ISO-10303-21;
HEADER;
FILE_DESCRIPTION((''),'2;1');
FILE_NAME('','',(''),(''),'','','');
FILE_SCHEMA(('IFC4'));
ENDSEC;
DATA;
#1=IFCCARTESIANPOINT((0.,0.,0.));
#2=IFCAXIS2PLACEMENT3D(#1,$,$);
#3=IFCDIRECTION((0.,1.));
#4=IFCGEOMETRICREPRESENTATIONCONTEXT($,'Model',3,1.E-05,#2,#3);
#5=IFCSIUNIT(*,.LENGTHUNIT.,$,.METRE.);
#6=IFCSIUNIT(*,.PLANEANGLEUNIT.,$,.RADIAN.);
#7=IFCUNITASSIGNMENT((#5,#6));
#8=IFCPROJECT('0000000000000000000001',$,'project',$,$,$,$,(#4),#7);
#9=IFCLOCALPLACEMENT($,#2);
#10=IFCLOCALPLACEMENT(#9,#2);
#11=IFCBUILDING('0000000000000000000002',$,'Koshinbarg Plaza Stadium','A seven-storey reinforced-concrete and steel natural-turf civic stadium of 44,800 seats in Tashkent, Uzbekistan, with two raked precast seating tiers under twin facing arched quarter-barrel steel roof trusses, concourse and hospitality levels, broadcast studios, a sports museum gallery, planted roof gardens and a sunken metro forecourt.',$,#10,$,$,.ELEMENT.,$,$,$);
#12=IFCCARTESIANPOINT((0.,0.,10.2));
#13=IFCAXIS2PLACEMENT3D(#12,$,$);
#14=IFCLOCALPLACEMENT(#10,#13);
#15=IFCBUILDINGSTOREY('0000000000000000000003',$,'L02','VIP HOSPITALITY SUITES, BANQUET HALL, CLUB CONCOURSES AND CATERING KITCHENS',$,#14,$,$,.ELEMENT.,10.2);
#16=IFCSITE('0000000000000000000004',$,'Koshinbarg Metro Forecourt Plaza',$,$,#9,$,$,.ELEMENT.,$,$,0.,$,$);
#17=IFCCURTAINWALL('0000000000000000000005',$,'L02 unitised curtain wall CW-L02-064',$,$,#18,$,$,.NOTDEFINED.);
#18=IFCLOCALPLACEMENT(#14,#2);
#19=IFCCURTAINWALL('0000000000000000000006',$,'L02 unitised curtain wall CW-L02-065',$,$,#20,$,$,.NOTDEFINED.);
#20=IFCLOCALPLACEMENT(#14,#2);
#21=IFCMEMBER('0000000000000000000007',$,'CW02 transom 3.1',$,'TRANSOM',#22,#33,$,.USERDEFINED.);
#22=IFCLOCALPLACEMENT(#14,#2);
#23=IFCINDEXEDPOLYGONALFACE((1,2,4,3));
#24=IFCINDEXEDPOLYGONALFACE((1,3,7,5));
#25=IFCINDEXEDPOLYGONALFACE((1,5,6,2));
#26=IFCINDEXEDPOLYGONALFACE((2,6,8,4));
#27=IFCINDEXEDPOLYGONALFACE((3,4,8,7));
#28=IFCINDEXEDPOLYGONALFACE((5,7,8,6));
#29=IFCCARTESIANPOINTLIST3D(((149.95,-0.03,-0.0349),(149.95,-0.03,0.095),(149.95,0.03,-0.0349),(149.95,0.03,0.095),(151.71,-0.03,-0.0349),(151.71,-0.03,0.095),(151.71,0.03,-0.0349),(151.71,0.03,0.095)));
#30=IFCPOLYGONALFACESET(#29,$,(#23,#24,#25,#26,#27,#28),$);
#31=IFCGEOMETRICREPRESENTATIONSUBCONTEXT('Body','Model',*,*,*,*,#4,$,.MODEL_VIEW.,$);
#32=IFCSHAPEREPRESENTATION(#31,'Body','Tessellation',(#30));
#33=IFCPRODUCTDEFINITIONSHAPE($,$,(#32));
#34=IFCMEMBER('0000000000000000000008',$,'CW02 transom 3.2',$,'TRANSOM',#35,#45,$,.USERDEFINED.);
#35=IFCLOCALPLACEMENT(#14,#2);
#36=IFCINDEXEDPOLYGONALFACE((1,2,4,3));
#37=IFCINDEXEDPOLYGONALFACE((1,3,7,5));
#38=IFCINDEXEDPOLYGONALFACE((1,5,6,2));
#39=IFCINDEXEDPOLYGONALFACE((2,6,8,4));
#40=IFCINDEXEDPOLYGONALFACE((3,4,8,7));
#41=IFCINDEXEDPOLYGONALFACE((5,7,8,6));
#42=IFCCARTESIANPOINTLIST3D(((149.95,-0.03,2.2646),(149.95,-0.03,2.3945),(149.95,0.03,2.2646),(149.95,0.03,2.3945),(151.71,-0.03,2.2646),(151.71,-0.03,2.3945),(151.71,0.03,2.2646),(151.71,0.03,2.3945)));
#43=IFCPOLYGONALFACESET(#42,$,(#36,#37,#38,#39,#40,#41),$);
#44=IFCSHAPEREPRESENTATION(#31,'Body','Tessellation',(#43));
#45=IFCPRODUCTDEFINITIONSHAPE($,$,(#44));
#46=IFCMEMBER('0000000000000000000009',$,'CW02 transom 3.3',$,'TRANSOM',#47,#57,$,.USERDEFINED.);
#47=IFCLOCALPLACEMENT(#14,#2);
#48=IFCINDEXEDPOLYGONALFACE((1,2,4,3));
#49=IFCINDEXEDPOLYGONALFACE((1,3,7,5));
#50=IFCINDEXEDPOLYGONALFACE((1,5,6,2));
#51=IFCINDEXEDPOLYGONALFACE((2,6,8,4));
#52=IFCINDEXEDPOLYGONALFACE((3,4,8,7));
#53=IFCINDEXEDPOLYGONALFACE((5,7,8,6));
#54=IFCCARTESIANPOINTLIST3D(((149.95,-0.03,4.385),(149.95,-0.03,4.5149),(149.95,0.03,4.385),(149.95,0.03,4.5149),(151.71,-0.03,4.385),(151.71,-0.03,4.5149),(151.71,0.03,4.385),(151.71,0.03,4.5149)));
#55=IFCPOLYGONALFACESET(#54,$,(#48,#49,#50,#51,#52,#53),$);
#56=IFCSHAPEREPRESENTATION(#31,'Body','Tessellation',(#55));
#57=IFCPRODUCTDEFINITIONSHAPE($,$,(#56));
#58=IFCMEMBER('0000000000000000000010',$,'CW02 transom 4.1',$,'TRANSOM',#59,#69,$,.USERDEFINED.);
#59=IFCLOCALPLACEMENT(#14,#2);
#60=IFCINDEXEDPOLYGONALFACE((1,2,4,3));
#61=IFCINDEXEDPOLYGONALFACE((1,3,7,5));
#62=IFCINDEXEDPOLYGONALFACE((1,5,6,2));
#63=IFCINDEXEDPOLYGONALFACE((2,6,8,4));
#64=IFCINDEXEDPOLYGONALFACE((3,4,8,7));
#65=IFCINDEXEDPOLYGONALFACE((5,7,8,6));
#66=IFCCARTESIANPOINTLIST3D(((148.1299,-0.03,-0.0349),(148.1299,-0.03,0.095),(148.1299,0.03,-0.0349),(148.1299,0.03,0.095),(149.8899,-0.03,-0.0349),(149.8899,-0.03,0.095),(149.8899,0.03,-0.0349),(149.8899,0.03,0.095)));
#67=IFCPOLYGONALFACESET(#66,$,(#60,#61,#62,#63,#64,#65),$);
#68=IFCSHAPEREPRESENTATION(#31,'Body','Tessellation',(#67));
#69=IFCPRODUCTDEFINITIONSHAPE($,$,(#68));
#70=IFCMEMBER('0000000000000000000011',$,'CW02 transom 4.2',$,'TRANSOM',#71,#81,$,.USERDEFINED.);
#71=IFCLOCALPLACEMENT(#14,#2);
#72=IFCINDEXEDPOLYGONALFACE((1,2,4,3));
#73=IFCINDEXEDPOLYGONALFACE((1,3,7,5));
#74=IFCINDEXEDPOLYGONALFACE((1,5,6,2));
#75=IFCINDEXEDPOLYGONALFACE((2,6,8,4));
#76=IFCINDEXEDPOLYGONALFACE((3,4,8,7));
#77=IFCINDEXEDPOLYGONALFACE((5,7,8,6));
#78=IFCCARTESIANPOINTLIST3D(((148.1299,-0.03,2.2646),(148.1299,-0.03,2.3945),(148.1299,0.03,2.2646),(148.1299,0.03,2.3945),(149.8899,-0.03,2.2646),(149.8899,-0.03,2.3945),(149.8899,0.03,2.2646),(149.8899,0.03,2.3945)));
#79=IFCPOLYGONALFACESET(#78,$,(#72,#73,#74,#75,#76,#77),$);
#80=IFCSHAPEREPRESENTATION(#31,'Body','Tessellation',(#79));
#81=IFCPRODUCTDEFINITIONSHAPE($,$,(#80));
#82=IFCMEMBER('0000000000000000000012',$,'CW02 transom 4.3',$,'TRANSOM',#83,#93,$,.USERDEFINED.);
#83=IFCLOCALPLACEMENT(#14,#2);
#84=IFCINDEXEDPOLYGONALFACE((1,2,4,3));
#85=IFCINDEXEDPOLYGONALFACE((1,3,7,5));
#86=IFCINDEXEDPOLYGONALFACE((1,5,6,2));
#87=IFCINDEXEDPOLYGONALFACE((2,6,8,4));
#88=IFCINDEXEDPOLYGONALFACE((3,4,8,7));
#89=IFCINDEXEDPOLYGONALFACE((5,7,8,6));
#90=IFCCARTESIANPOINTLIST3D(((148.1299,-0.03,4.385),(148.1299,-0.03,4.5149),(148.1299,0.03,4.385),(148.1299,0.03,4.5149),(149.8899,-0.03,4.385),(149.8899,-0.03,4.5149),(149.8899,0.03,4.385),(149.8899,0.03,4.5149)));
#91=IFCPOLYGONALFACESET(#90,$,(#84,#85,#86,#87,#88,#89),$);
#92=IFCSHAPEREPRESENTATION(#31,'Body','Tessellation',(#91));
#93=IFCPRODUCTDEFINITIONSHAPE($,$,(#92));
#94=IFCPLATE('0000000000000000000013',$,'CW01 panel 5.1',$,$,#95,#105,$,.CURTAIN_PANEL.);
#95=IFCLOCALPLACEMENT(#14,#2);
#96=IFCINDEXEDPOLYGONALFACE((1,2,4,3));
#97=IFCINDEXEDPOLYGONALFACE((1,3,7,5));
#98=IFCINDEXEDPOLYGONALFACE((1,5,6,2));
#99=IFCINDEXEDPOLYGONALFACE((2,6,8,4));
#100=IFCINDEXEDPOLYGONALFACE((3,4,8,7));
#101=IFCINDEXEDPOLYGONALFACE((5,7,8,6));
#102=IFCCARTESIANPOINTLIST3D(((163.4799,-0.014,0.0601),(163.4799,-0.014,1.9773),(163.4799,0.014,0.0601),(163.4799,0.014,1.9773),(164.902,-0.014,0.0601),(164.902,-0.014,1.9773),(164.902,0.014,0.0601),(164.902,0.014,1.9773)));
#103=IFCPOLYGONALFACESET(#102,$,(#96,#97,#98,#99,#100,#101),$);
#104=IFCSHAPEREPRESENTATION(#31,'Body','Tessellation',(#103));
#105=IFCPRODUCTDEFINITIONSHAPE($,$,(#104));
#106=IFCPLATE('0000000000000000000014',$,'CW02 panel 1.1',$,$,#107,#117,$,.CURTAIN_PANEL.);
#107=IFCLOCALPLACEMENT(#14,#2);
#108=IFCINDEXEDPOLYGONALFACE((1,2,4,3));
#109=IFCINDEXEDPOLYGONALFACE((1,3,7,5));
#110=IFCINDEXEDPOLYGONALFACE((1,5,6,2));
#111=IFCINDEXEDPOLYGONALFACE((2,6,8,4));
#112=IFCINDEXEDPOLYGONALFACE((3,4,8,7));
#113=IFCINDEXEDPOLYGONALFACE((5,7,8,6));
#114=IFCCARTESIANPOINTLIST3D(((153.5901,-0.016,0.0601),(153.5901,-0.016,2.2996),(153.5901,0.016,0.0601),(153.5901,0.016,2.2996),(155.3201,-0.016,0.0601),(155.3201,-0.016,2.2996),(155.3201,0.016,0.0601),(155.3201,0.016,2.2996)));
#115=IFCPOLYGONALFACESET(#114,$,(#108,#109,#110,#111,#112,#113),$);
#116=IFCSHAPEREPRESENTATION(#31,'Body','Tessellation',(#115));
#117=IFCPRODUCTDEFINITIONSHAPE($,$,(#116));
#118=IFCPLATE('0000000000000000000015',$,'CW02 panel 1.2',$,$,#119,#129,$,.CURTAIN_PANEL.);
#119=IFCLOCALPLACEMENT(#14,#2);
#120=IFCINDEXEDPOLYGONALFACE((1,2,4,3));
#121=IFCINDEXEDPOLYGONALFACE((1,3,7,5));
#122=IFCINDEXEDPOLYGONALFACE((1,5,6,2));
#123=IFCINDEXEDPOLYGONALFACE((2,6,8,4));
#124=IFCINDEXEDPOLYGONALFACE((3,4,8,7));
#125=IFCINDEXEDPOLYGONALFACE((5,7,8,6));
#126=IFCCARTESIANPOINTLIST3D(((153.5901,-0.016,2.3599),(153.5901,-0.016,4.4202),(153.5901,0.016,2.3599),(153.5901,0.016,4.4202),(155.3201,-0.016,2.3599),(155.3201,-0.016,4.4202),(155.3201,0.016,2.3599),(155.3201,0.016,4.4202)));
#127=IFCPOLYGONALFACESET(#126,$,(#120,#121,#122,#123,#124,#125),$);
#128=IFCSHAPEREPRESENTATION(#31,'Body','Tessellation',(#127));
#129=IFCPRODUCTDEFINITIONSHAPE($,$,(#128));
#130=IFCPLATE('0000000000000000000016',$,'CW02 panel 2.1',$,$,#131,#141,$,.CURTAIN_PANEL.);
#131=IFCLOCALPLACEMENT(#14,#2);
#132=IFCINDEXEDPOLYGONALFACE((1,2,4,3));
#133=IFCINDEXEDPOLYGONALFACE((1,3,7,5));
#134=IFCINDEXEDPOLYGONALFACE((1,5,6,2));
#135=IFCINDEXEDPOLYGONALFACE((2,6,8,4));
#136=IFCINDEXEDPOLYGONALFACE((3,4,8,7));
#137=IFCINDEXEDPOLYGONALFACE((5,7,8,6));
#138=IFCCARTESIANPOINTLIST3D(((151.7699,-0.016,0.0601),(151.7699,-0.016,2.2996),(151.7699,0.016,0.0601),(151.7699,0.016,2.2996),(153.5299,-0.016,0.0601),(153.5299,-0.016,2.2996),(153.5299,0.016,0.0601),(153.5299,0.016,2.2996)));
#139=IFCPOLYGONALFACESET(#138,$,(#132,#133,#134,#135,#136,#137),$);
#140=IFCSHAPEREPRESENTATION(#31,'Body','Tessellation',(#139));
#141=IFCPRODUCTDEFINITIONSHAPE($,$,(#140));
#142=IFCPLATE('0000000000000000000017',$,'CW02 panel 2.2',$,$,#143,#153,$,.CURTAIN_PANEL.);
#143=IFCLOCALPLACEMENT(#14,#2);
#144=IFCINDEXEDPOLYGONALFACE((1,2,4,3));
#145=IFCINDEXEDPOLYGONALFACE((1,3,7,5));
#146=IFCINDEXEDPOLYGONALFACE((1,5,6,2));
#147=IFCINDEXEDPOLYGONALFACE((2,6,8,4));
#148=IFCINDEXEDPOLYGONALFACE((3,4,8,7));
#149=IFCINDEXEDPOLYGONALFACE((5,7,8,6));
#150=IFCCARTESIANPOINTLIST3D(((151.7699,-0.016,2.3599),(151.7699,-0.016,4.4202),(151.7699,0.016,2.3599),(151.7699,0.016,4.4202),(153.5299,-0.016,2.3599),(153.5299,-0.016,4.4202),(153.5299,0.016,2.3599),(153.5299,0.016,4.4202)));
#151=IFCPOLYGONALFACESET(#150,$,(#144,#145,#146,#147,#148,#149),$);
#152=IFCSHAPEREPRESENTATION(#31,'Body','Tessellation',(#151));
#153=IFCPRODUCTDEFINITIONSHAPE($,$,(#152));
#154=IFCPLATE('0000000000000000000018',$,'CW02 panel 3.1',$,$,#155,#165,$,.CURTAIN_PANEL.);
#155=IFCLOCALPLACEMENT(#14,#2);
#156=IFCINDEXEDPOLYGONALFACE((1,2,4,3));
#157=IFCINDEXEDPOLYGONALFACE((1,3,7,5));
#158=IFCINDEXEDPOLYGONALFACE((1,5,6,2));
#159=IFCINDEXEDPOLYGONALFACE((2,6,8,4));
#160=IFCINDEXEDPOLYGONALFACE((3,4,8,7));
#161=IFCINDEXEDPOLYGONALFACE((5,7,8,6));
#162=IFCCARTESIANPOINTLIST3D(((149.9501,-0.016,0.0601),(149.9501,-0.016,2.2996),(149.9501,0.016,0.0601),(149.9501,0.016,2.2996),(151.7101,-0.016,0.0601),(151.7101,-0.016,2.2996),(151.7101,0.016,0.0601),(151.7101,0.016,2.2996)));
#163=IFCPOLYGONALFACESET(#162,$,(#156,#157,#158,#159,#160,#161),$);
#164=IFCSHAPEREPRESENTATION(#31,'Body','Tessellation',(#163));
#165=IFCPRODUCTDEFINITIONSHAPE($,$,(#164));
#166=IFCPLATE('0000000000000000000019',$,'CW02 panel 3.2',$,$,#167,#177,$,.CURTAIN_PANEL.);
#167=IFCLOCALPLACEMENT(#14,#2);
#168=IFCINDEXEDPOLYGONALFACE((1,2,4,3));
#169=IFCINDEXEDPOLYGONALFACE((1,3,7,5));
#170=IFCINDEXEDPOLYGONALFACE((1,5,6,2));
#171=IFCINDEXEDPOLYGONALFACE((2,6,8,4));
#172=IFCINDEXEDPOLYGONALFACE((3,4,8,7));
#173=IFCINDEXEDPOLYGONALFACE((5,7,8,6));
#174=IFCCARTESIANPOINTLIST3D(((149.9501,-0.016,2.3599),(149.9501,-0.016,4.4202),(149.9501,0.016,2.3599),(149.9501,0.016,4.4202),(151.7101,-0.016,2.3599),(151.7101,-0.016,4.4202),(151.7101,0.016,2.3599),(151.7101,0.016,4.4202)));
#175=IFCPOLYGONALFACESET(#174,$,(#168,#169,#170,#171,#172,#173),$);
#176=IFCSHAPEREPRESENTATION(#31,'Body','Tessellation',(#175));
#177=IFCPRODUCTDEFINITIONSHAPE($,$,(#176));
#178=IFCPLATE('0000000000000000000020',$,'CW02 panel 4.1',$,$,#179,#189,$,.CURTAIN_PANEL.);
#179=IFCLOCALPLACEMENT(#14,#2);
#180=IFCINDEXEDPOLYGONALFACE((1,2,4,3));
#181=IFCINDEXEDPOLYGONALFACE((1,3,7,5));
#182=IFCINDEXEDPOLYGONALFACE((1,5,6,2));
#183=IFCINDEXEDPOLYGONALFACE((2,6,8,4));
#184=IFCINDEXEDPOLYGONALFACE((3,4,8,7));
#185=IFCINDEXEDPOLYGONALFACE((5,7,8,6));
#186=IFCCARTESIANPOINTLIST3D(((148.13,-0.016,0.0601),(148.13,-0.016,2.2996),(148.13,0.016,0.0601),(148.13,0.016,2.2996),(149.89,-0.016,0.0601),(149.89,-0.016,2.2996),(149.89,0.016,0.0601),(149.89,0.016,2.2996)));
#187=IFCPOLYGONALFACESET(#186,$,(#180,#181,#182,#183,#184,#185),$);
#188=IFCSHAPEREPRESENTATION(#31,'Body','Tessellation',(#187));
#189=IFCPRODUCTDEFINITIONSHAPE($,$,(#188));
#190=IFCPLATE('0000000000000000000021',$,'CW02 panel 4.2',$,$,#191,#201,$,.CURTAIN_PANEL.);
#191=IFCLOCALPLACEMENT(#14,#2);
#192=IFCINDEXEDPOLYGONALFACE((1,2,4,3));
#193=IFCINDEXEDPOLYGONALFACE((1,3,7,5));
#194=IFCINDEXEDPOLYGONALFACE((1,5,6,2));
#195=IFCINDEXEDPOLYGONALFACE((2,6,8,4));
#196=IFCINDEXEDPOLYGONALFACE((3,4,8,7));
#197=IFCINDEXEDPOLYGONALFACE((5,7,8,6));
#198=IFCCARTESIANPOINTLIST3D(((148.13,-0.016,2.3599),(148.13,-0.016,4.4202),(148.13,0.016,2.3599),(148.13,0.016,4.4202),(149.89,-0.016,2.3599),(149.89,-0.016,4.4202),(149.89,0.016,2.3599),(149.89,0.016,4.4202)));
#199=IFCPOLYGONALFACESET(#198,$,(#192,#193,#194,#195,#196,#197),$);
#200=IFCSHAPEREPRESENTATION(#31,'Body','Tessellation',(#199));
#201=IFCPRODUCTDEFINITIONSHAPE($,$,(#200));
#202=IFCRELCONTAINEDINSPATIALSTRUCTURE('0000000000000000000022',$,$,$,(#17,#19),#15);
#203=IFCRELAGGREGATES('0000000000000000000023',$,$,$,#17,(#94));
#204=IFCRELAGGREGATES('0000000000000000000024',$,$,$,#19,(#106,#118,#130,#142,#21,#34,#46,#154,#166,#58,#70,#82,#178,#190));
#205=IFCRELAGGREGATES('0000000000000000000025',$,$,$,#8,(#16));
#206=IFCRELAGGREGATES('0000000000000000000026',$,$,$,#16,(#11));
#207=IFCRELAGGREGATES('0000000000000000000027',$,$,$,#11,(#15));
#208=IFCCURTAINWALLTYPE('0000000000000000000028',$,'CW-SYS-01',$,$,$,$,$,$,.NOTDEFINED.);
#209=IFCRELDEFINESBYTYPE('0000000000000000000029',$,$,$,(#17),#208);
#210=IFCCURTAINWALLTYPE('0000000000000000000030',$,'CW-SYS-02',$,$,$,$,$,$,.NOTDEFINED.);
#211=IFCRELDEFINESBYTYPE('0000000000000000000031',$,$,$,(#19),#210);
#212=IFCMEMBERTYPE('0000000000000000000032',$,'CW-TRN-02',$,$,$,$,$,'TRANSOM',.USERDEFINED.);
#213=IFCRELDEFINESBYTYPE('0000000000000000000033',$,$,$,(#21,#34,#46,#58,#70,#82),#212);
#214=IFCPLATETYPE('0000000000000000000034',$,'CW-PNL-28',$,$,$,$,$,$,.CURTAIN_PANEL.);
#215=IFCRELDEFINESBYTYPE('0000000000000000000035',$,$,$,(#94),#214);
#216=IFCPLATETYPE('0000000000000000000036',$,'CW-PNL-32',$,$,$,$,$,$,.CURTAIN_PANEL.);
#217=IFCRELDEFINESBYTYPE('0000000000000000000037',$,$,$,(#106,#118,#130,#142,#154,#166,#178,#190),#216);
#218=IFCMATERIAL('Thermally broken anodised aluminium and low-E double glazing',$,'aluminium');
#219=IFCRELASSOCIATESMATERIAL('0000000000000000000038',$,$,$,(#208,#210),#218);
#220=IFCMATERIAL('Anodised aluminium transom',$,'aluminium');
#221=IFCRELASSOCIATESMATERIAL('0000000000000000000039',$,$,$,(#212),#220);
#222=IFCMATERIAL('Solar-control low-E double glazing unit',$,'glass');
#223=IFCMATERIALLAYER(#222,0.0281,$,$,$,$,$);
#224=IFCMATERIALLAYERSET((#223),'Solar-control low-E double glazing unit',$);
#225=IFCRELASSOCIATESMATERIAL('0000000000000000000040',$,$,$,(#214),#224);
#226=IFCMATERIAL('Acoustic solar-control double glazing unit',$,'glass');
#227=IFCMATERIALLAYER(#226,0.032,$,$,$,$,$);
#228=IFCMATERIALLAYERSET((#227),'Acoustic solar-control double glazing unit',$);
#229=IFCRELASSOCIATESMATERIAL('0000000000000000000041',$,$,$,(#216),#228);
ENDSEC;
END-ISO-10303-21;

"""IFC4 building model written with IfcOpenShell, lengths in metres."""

from ifc_helpers import new_model, si_unit, direction, frame, origin, origin_2d, place, context, subcontext, project, spatial, rectangle, extrude, material, layer, layer_set, material_profile, profile_set, type_object, element, aggregate, save


model = new_model("IFC4")

# Units and contexts
model_context = context("Model", 3, precision=1e-05, world=origin(), true_north=direction((0.0, 1.0)))
body_context = subcontext(model_context, "Body", "Model", "MODEL_VIEW")
ifc_project = project(units=[si_unit("LENGTHUNIT", "METRE"), si_unit("PLANEANGLEUNIT", "RADIAN")], contexts=[model_context])

# Site, building, storey
site_placement = place(None, origin())
site = spatial("IfcSite", under=ifc_project, at=site_placement, Name="Koshinbarg Metro Forecourt Plaza", CompositionType="ELEMENT", RefElevation=0.0)
building_placement = place(site_placement, origin())
building = spatial("IfcBuilding", under=site, at=building_placement, Name="Koshinbarg Plaza Stadium", Description="A seven-storey reinforced-concrete and steel natural-turf civic stadium of 44,800 seats in Tashkent, Uzbekistan, with two raked precast seating tiers under twin facing arched quarter-barrel steel roof trusses, concourse and hospitality levels, broadcast studios, a sports museum gallery, planted roof gardens and a sunken metro forecourt.", CompositionType="ELEMENT")
storey_placement = place(building_placement, frame((0.0, 0.0, 10.2)))
storey = spatial("IfcBuildingStorey", under=building, at=storey_placement, Name="L02", Description="VIP HOSPITALITY SUITES, BANQUET HALL, CLUB CONCOURSES AND CATERING KITCHENS", CompositionType="ELEMENT", Elevation=10.2)

# Curtain wall
ifc_material_1 = material(Name="Thermally broken anodised aluminium and low-E double glazing", Category="aluminium")
curtain_wall_type_1 = type_object("IfcCurtainWallType", Name="CW-SYS-01", PredefinedType="NOTDEFINED", material=ifc_material_1)
curtain_wall_1_placement = place(storey_placement, origin())
curtain_wall_1 = element("IfcCurtainWall", 1, at=curtain_wall_1_placement, inside=storey, type_object=curtain_wall_type_1, Name="L02 unitised curtain wall CW-L02-064", PredefinedType="NOTDEFINED")

# Curtain wall, members
curtain_wall_type_2 = type_object("IfcCurtainWallType", Name="CW-SYS-02", PredefinedType="NOTDEFINED", material=ifc_material_1)
curtain_wall_2_placement = place(storey_placement, origin())
curtain_wall_2 = element("IfcCurtainWall", 2, at=curtain_wall_2_placement, inside=storey, type_object=curtain_wall_type_2, Name="L02 unitised curtain wall CW-L02-065", PredefinedType="NOTDEFINED")
ifc_material_2 = material(Name="Anodised aluminium transom", Category="aluminium")
ifc_material_profile_1 = material_profile(ifc_material_2, rectangle(XDim=0.0601, YDim=0.1299, at=origin_2d()), Name="ALU 60x130")
ifc_profile_set_1 = profile_set([ifc_material_profile_1], Name="Anodised aluminium transom")
member_type_1 = type_object("IfcMemberType", Name="CW-TRN-02", ElementType="TRANSOM", PredefinedType="USERDEFINED", material=ifc_profile_set_1)
member_1_placement = place(storey_placement, frame((151.71, 0.0, 0.03), z_axis=(-1.0, 0.0, 0.0), x_axis=(0.0, -1.0, 0.0)))
member_1 = element("IfcMember", 3, at=member_1_placement, type_object=member_type_1, Name="CW02 transom 3.1", ObjectType="TRANSOM", PredefinedType="USERDEFINED", context=body_context, shape_type="SweptSolid", body=[
    extrude(rectangle(XDim=0.0601, YDim=0.1299, at=origin_2d()), origin(), (0.0, 0.0, 1.0), 1.76),
])
member_2_placement = place(storey_placement, frame((151.71, 0.0, 2.3296), z_axis=(-1.0, 0.0, 0.0), x_axis=(0.0, -1.0, 0.0)))
member_2 = element("IfcMember", 4, at=member_2_placement, type_object=member_type_1, Name="CW02 transom 3.2", ObjectType="TRANSOM", PredefinedType="USERDEFINED", context=body_context, shape_type="SweptSolid", body=[
    extrude(rectangle(XDim=0.0601, YDim=0.1299, at=origin_2d()), origin(), (0.0, 0.0, 1.0), 1.76),
])
member_3_placement = place(storey_placement, frame((151.71, 0.0, 4.45), z_axis=(-1.0, 0.0, 0.0), x_axis=(0.0, -1.0, 0.0)))
member_3 = element("IfcMember", 5, at=member_3_placement, type_object=member_type_1, Name="CW02 transom 3.3", ObjectType="TRANSOM", PredefinedType="USERDEFINED", context=body_context, shape_type="SweptSolid", body=[
    extrude(rectangle(XDim=0.0601, YDim=0.1299, at=origin_2d()), origin(), (0.0, 0.0, 1.0), 1.76),
])
member_4_placement = place(storey_placement, frame((149.8899, 0.0, 0.03), z_axis=(-1.0, 0.0, 0.0), x_axis=(0.0, -1.0, 0.0)))
member_4 = element("IfcMember", 6, at=member_4_placement, type_object=member_type_1, Name="CW02 transom 4.1", ObjectType="TRANSOM", PredefinedType="USERDEFINED", context=body_context, shape_type="SweptSolid", body=[
    extrude(rectangle(XDim=0.0601, YDim=0.1299, at=origin_2d()), origin(), (0.0, 0.0, 1.0), 1.76),
])
member_5_placement = place(storey_placement, frame((149.8899, 0.0, 2.3296), z_axis=(-1.0, 0.0, 0.0), x_axis=(0.0, -1.0, 0.0)))
member_5 = element("IfcMember", 7, at=member_5_placement, type_object=member_type_1, Name="CW02 transom 4.2", ObjectType="TRANSOM", PredefinedType="USERDEFINED", context=body_context, shape_type="SweptSolid", body=[
    extrude(rectangle(XDim=0.0601, YDim=0.1299, at=origin_2d()), origin(), (0.0, 0.0, 1.0), 1.76),
])
member_6_placement = place(storey_placement, frame((149.8899, 0.0, 4.45), z_axis=(-1.0, 0.0, 0.0), x_axis=(0.0, -1.0, 0.0)))
member_6 = element("IfcMember", 8, at=member_6_placement, type_object=member_type_1, Name="CW02 transom 4.3", ObjectType="TRANSOM", PredefinedType="USERDEFINED", context=body_context, shape_type="SweptSolid", body=[
    extrude(rectangle(XDim=0.0601, YDim=0.1299, at=origin_2d()), origin(), (0.0, 0.0, 1.0), 1.76),
])

# Plates
ifc_material_3 = material(Name="Solar-control low-E double glazing unit", Category="glass")
ifc_layer_1 = layer(ifc_material_3, 0.0281)
ifc_layer_set_1 = layer_set([ifc_layer_1], Name="Solar-control low-E double glazing unit")
plate_type_1 = type_object("IfcPlateType", Name="CW-PNL-28", PredefinedType="CURTAIN_PANEL", material=ifc_layer_set_1)
plate_1_placement = place(storey_placement, frame((164.1909, 0.0, 0.0601), z_axis=(0.0, 0.0, 1.0), x_axis=(-1.0, 0.0, 0.0)))
plate_1 = element("IfcPlate", 9, at=plate_1_placement, type_object=plate_type_1, Name="CW01 panel 5.1", PredefinedType="CURTAIN_PANEL", context=body_context, shape_type="SweptSolid", body=[
    extrude(rectangle(XDim=1.4221, YDim=0.0281, at=origin_2d()), origin(), (0.0, 0.0, 1.0), 1.9172),
])
aggregate(curtain_wall_1, [plate_1])
ifc_material_4 = material(Name="Acoustic solar-control double glazing unit", Category="glass")
ifc_layer_2 = layer(ifc_material_4, 0.032)
ifc_layer_set_2 = layer_set([ifc_layer_2], Name="Acoustic solar-control double glazing unit")
plate_type_2 = type_object("IfcPlateType", Name="CW-PNL-32", PredefinedType="CURTAIN_PANEL", material=ifc_layer_set_2)
plate_2_placement = place(storey_placement, frame((154.4551, 0.0, 0.0601), z_axis=(0.0, 0.0, 1.0), x_axis=(-1.0, 0.0, 0.0)))
plate_2 = element("IfcPlate", 10, at=plate_2_placement, type_object=plate_type_2, Name="CW02 panel 1.1", PredefinedType="CURTAIN_PANEL", context=body_context, shape_type="SweptSolid", body=[
    extrude(rectangle(XDim=1.73, YDim=0.032, at=origin_2d()), origin(), (0.0, 0.0, 1.0), 2.2395),
])
plate_3_placement = place(storey_placement, frame((154.4551, 0.0, 2.3599), z_axis=(0.0, 0.0, 1.0), x_axis=(-1.0, 0.0, 0.0)))
plate_3 = element("IfcPlate", 11, at=plate_3_placement, type_object=plate_type_2, Name="CW02 panel 1.2", PredefinedType="CURTAIN_PANEL", context=body_context, shape_type="SweptSolid", body=[
    extrude(rectangle(XDim=1.73, YDim=0.032, at=origin_2d()), origin(), (0.0, 0.0, 1.0), 2.0603),
])
plate_4_placement = place(storey_placement, frame((152.6499, 0.0, 0.0601), z_axis=(0.0, 0.0, 1.0), x_axis=(-1.0, 0.0, 0.0)))
plate_4 = element("IfcPlate", 12, at=plate_4_placement, type_object=plate_type_2, Name="CW02 panel 2.1", PredefinedType="CURTAIN_PANEL", context=body_context, shape_type="SweptSolid", body=[
    extrude(rectangle(XDim=1.76, YDim=0.032, at=origin_2d()), origin(), (0.0, 0.0, 1.0), 2.2395),
])
plate_5_placement = place(storey_placement, frame((152.6499, 0.0, 2.3599), z_axis=(0.0, 0.0, 1.0), x_axis=(-1.0, 0.0, 0.0)))
plate_5 = element("IfcPlate", 13, at=plate_5_placement, type_object=plate_type_2, Name="CW02 panel 2.2", PredefinedType="CURTAIN_PANEL", context=body_context, shape_type="SweptSolid", body=[
    extrude(rectangle(XDim=1.76, YDim=0.032, at=origin_2d()), origin(), (0.0, 0.0, 1.0), 2.0603),
])
plate_6_placement = place(storey_placement, frame((150.8301, 0.0, 0.0601), z_axis=(0.0, 0.0, 1.0), x_axis=(-1.0, 0.0, 0.0)))
plate_6 = element("IfcPlate", 14, at=plate_6_placement, type_object=plate_type_2, Name="CW02 panel 3.1", PredefinedType="CURTAIN_PANEL", context=body_context, shape_type="SweptSolid", body=[
    extrude(rectangle(XDim=1.76, YDim=0.032, at=origin_2d()), origin(), (0.0, 0.0, 1.0), 2.2395),
])
plate_7_placement = place(storey_placement, frame((150.8301, 0.0, 2.3599), z_axis=(0.0, 0.0, 1.0), x_axis=(-1.0, 0.0, 0.0)))
plate_7 = element("IfcPlate", 15, at=plate_7_placement, type_object=plate_type_2, Name="CW02 panel 3.2", PredefinedType="CURTAIN_PANEL", context=body_context, shape_type="SweptSolid", body=[
    extrude(rectangle(XDim=1.76, YDim=0.032, at=origin_2d()), origin(), (0.0, 0.0, 1.0), 2.0603),
])
plate_8_placement = place(storey_placement, frame((149.01, 0.0, 0.0601), z_axis=(0.0, 0.0, 1.0), x_axis=(-1.0, 0.0, 0.0)))
plate_8 = element("IfcPlate", 16, at=plate_8_placement, type_object=plate_type_2, Name="CW02 panel 4.1", PredefinedType="CURTAIN_PANEL", context=body_context, shape_type="SweptSolid", body=[
    extrude(rectangle(XDim=1.76, YDim=0.032, at=origin_2d()), origin(), (0.0, 0.0, 1.0), 2.2395),
])
plate_9_placement = place(storey_placement, frame((149.01, 0.0, 2.3599), z_axis=(0.0, 0.0, 1.0), x_axis=(-1.0, 0.0, 0.0)))
plate_9 = element("IfcPlate", 17, at=plate_9_placement, type_object=plate_type_2, Name="CW02 panel 4.2", PredefinedType="CURTAIN_PANEL", context=body_context, shape_type="SweptSolid", body=[
    extrude(rectangle(XDim=1.76, YDim=0.032, at=origin_2d()), origin(), (0.0, 0.0, 1.0), 2.0603),
])
aggregate(curtain_wall_2, [plate_2, plate_3, plate_4, plate_5, member_1, member_2, member_3, plate_6, plate_7, member_4, member_5, member_6, plate_8, plate_9])

save(model, "model.ifc")
